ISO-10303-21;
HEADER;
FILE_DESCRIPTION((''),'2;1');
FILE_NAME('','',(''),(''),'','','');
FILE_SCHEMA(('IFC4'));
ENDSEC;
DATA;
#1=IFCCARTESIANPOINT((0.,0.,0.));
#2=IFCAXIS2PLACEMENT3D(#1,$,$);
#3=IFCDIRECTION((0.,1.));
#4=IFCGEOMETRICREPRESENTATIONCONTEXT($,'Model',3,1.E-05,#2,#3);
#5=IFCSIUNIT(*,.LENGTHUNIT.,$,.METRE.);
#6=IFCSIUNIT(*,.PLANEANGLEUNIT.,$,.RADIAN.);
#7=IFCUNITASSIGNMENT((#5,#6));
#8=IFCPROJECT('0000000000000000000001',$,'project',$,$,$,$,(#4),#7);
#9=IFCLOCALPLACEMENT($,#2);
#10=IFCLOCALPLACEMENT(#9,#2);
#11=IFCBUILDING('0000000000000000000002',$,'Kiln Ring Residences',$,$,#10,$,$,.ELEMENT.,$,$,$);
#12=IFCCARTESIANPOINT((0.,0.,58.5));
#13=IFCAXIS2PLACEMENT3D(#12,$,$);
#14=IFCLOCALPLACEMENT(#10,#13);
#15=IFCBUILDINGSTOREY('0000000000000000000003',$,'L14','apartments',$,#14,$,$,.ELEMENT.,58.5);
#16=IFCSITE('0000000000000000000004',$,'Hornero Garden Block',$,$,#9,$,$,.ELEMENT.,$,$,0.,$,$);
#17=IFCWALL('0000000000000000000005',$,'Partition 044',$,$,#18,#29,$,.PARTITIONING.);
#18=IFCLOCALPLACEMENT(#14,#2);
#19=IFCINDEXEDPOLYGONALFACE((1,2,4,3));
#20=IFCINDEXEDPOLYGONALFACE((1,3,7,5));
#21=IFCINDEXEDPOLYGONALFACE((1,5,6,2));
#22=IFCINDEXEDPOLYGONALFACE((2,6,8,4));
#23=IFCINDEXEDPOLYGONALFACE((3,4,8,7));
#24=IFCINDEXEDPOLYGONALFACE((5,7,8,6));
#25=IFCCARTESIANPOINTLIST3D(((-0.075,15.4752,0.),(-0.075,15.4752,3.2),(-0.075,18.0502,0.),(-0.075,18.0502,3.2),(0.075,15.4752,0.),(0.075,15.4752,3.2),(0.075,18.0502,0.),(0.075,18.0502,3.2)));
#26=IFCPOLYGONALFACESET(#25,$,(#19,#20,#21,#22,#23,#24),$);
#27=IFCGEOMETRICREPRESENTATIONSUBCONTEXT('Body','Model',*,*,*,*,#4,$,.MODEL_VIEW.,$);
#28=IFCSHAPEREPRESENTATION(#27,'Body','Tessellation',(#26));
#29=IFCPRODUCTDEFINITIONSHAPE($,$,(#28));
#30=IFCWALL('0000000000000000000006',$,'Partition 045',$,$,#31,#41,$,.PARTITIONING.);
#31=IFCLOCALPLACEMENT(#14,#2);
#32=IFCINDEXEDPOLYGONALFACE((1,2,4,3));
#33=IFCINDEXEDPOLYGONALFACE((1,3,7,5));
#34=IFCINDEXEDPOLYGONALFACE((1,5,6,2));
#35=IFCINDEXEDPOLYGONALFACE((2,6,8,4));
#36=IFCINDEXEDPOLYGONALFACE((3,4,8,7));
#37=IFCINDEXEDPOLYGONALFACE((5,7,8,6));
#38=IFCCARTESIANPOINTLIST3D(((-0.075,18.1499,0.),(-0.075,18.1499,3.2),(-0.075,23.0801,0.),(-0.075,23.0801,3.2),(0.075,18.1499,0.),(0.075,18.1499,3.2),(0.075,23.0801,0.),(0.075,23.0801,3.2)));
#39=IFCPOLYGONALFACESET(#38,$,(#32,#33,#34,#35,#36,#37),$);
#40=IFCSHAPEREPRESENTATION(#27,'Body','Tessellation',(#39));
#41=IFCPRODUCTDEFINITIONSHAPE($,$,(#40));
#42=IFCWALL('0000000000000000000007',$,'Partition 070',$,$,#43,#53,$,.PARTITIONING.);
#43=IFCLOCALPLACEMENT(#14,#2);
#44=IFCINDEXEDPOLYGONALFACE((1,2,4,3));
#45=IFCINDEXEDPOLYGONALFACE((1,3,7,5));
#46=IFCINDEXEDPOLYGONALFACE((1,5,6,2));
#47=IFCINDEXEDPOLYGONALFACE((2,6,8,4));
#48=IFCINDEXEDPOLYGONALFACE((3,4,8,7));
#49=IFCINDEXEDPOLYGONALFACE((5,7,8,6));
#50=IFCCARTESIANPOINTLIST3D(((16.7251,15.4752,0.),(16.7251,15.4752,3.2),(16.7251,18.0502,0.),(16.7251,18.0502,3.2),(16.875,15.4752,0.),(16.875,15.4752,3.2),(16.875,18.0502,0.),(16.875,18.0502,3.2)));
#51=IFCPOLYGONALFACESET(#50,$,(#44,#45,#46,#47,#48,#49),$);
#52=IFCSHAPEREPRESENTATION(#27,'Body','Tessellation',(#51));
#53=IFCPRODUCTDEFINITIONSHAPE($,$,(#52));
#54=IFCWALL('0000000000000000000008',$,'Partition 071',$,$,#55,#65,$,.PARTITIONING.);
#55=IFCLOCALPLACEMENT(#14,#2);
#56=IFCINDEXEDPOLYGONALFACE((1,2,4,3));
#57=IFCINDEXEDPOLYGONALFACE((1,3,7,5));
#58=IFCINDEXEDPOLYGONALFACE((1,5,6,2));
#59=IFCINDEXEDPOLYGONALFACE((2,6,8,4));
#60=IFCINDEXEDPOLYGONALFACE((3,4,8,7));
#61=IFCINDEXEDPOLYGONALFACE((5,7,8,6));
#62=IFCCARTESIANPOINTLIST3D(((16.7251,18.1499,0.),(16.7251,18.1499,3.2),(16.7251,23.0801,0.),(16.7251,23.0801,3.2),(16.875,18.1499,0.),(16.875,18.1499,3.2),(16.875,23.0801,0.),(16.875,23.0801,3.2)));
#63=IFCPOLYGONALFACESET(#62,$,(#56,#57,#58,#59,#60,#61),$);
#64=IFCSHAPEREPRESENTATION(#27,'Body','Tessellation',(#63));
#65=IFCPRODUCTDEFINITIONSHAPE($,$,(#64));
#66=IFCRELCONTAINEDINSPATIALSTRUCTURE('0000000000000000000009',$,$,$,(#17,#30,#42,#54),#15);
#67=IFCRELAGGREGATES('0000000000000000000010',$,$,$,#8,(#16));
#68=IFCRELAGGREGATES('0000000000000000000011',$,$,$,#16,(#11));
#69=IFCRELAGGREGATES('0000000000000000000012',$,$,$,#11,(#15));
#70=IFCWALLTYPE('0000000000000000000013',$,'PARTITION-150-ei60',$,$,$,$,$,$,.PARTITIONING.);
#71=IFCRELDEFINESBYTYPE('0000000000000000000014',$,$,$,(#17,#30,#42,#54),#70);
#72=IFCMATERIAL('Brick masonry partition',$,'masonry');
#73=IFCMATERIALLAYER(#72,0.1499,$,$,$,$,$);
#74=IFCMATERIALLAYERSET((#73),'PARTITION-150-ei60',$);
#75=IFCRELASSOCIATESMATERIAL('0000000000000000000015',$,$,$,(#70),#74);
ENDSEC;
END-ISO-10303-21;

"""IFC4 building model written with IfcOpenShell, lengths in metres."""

from ifc_helpers import new_model, si_unit, direction, frame, frame_2d, origin, place, context, subcontext, project, spatial, rectangle, extrude, material, layer, layer_set, type_object, element, save


model = new_model("IFC4")

# Units and contexts
model_context = context("Model", 3, precision=1e-05, world=origin(), true_north=direction((0.0, 1.0)))
body_context = subcontext(model_context, "Body", "Model", "MODEL_VIEW")
ifc_project = project(units=[si_unit("LENGTHUNIT", "METRE"), si_unit("PLANEANGLEUNIT", "RADIAN")], contexts=[model_context])

# Site, building, storey
site_placement = place(None, origin())
site = spatial("IfcSite", under=ifc_project, at=site_placement, Name="Hornero Garden Block", CompositionType="ELEMENT", RefElevation=0.0)
building_placement = place(site_placement, origin())
building = spatial("IfcBuilding", under=site, at=building_placement, Name="Kiln Ring Residences", CompositionType="ELEMENT")
storey_placement = place(building_placement, frame((0.0, 0.0, 58.5)))
storey = spatial("IfcBuildingStorey", under=building, at=storey_placement, Name="L14", Description="apartments", CompositionType="ELEMENT", Elevation=58.5)

# Walls
ifc_material_1 = material(Name="Brick masonry partition", Category="masonry")
ifc_layer_1 = layer(ifc_material_1, 0.1499)
ifc_layer_set_1 = layer_set([ifc_layer_1], Name="PARTITION-150-ei60")
wall_type_1 = type_object("IfcWallType", Name="PARTITION-150-ei60", PredefinedType="PARTITIONING", material=ifc_layer_set_1)
wall_1_placement = place(storey_placement, frame((0.0, 15.4751, 0.0), z_axis=(0.0, 0.0, 1.0), x_axis=(0.0, 1.0, 0.0)))
element("IfcWall", 1, at=wall_1_placement, inside=storey, type_object=wall_type_1, Name="Partition 044", PredefinedType="PARTITIONING", context=body_context, shape_type="SweptSolid", body=[
    extrude(rectangle(XDim=2.575, YDim=0.1499, at=frame_2d((1.2876, 0.0))), origin(), (0.0, 0.0, 1.0), 3.2),
])
wall_2_placement = place(storey_placement, frame((0.0, 18.1499, 0.0), z_axis=(0.0, 0.0, 1.0), x_axis=(0.0, 1.0, 0.0)))
element("IfcWall", 2, at=wall_2_placement, inside=storey, type_object=wall_type_1, Name="Partition 045", PredefinedType="PARTITIONING", context=body_context, shape_type="SweptSolid", body=[
    extrude(rectangle(XDim=4.9302, YDim=0.1499, at=frame_2d((2.4651, 0.0))), origin(), (0.0, 0.0, 1.0), 3.2),
])
wall_3_placement = place(storey_placement, frame((16.8, 15.4751, 0.0), z_axis=(0.0, 0.0, 1.0), x_axis=(0.0, 1.0, 0.0)))
element("IfcWall", 3, at=wall_3_placement, inside=storey, type_object=wall_type_1, Name="Partition 070", PredefinedType="PARTITIONING", context=body_context, shape_type="SweptSolid", body=[
    extrude(rectangle(XDim=2.575, YDim=0.1499, at=frame_2d((1.2876, 0.0))), origin(), (0.0, 0.0, 1.0), 3.2),
])
wall_4_placement = place(storey_placement, frame((16.8, 18.1499, 0.0), z_axis=(0.0, 0.0, 1.0), x_axis=(0.0, 1.0, 0.0)))
element("IfcWall", 4, at=wall_4_placement, inside=storey, type_object=wall_type_1, Name="Partition 071", PredefinedType="PARTITIONING", context=body_context, shape_type="SweptSolid", body=[
    extrude(rectangle(XDim=4.9302, YDim=0.1499, at=frame_2d((2.4651, 0.0))), origin(), (0.0, 0.0, 1.0), 3.2),
])

save(model, "model.ifc")
